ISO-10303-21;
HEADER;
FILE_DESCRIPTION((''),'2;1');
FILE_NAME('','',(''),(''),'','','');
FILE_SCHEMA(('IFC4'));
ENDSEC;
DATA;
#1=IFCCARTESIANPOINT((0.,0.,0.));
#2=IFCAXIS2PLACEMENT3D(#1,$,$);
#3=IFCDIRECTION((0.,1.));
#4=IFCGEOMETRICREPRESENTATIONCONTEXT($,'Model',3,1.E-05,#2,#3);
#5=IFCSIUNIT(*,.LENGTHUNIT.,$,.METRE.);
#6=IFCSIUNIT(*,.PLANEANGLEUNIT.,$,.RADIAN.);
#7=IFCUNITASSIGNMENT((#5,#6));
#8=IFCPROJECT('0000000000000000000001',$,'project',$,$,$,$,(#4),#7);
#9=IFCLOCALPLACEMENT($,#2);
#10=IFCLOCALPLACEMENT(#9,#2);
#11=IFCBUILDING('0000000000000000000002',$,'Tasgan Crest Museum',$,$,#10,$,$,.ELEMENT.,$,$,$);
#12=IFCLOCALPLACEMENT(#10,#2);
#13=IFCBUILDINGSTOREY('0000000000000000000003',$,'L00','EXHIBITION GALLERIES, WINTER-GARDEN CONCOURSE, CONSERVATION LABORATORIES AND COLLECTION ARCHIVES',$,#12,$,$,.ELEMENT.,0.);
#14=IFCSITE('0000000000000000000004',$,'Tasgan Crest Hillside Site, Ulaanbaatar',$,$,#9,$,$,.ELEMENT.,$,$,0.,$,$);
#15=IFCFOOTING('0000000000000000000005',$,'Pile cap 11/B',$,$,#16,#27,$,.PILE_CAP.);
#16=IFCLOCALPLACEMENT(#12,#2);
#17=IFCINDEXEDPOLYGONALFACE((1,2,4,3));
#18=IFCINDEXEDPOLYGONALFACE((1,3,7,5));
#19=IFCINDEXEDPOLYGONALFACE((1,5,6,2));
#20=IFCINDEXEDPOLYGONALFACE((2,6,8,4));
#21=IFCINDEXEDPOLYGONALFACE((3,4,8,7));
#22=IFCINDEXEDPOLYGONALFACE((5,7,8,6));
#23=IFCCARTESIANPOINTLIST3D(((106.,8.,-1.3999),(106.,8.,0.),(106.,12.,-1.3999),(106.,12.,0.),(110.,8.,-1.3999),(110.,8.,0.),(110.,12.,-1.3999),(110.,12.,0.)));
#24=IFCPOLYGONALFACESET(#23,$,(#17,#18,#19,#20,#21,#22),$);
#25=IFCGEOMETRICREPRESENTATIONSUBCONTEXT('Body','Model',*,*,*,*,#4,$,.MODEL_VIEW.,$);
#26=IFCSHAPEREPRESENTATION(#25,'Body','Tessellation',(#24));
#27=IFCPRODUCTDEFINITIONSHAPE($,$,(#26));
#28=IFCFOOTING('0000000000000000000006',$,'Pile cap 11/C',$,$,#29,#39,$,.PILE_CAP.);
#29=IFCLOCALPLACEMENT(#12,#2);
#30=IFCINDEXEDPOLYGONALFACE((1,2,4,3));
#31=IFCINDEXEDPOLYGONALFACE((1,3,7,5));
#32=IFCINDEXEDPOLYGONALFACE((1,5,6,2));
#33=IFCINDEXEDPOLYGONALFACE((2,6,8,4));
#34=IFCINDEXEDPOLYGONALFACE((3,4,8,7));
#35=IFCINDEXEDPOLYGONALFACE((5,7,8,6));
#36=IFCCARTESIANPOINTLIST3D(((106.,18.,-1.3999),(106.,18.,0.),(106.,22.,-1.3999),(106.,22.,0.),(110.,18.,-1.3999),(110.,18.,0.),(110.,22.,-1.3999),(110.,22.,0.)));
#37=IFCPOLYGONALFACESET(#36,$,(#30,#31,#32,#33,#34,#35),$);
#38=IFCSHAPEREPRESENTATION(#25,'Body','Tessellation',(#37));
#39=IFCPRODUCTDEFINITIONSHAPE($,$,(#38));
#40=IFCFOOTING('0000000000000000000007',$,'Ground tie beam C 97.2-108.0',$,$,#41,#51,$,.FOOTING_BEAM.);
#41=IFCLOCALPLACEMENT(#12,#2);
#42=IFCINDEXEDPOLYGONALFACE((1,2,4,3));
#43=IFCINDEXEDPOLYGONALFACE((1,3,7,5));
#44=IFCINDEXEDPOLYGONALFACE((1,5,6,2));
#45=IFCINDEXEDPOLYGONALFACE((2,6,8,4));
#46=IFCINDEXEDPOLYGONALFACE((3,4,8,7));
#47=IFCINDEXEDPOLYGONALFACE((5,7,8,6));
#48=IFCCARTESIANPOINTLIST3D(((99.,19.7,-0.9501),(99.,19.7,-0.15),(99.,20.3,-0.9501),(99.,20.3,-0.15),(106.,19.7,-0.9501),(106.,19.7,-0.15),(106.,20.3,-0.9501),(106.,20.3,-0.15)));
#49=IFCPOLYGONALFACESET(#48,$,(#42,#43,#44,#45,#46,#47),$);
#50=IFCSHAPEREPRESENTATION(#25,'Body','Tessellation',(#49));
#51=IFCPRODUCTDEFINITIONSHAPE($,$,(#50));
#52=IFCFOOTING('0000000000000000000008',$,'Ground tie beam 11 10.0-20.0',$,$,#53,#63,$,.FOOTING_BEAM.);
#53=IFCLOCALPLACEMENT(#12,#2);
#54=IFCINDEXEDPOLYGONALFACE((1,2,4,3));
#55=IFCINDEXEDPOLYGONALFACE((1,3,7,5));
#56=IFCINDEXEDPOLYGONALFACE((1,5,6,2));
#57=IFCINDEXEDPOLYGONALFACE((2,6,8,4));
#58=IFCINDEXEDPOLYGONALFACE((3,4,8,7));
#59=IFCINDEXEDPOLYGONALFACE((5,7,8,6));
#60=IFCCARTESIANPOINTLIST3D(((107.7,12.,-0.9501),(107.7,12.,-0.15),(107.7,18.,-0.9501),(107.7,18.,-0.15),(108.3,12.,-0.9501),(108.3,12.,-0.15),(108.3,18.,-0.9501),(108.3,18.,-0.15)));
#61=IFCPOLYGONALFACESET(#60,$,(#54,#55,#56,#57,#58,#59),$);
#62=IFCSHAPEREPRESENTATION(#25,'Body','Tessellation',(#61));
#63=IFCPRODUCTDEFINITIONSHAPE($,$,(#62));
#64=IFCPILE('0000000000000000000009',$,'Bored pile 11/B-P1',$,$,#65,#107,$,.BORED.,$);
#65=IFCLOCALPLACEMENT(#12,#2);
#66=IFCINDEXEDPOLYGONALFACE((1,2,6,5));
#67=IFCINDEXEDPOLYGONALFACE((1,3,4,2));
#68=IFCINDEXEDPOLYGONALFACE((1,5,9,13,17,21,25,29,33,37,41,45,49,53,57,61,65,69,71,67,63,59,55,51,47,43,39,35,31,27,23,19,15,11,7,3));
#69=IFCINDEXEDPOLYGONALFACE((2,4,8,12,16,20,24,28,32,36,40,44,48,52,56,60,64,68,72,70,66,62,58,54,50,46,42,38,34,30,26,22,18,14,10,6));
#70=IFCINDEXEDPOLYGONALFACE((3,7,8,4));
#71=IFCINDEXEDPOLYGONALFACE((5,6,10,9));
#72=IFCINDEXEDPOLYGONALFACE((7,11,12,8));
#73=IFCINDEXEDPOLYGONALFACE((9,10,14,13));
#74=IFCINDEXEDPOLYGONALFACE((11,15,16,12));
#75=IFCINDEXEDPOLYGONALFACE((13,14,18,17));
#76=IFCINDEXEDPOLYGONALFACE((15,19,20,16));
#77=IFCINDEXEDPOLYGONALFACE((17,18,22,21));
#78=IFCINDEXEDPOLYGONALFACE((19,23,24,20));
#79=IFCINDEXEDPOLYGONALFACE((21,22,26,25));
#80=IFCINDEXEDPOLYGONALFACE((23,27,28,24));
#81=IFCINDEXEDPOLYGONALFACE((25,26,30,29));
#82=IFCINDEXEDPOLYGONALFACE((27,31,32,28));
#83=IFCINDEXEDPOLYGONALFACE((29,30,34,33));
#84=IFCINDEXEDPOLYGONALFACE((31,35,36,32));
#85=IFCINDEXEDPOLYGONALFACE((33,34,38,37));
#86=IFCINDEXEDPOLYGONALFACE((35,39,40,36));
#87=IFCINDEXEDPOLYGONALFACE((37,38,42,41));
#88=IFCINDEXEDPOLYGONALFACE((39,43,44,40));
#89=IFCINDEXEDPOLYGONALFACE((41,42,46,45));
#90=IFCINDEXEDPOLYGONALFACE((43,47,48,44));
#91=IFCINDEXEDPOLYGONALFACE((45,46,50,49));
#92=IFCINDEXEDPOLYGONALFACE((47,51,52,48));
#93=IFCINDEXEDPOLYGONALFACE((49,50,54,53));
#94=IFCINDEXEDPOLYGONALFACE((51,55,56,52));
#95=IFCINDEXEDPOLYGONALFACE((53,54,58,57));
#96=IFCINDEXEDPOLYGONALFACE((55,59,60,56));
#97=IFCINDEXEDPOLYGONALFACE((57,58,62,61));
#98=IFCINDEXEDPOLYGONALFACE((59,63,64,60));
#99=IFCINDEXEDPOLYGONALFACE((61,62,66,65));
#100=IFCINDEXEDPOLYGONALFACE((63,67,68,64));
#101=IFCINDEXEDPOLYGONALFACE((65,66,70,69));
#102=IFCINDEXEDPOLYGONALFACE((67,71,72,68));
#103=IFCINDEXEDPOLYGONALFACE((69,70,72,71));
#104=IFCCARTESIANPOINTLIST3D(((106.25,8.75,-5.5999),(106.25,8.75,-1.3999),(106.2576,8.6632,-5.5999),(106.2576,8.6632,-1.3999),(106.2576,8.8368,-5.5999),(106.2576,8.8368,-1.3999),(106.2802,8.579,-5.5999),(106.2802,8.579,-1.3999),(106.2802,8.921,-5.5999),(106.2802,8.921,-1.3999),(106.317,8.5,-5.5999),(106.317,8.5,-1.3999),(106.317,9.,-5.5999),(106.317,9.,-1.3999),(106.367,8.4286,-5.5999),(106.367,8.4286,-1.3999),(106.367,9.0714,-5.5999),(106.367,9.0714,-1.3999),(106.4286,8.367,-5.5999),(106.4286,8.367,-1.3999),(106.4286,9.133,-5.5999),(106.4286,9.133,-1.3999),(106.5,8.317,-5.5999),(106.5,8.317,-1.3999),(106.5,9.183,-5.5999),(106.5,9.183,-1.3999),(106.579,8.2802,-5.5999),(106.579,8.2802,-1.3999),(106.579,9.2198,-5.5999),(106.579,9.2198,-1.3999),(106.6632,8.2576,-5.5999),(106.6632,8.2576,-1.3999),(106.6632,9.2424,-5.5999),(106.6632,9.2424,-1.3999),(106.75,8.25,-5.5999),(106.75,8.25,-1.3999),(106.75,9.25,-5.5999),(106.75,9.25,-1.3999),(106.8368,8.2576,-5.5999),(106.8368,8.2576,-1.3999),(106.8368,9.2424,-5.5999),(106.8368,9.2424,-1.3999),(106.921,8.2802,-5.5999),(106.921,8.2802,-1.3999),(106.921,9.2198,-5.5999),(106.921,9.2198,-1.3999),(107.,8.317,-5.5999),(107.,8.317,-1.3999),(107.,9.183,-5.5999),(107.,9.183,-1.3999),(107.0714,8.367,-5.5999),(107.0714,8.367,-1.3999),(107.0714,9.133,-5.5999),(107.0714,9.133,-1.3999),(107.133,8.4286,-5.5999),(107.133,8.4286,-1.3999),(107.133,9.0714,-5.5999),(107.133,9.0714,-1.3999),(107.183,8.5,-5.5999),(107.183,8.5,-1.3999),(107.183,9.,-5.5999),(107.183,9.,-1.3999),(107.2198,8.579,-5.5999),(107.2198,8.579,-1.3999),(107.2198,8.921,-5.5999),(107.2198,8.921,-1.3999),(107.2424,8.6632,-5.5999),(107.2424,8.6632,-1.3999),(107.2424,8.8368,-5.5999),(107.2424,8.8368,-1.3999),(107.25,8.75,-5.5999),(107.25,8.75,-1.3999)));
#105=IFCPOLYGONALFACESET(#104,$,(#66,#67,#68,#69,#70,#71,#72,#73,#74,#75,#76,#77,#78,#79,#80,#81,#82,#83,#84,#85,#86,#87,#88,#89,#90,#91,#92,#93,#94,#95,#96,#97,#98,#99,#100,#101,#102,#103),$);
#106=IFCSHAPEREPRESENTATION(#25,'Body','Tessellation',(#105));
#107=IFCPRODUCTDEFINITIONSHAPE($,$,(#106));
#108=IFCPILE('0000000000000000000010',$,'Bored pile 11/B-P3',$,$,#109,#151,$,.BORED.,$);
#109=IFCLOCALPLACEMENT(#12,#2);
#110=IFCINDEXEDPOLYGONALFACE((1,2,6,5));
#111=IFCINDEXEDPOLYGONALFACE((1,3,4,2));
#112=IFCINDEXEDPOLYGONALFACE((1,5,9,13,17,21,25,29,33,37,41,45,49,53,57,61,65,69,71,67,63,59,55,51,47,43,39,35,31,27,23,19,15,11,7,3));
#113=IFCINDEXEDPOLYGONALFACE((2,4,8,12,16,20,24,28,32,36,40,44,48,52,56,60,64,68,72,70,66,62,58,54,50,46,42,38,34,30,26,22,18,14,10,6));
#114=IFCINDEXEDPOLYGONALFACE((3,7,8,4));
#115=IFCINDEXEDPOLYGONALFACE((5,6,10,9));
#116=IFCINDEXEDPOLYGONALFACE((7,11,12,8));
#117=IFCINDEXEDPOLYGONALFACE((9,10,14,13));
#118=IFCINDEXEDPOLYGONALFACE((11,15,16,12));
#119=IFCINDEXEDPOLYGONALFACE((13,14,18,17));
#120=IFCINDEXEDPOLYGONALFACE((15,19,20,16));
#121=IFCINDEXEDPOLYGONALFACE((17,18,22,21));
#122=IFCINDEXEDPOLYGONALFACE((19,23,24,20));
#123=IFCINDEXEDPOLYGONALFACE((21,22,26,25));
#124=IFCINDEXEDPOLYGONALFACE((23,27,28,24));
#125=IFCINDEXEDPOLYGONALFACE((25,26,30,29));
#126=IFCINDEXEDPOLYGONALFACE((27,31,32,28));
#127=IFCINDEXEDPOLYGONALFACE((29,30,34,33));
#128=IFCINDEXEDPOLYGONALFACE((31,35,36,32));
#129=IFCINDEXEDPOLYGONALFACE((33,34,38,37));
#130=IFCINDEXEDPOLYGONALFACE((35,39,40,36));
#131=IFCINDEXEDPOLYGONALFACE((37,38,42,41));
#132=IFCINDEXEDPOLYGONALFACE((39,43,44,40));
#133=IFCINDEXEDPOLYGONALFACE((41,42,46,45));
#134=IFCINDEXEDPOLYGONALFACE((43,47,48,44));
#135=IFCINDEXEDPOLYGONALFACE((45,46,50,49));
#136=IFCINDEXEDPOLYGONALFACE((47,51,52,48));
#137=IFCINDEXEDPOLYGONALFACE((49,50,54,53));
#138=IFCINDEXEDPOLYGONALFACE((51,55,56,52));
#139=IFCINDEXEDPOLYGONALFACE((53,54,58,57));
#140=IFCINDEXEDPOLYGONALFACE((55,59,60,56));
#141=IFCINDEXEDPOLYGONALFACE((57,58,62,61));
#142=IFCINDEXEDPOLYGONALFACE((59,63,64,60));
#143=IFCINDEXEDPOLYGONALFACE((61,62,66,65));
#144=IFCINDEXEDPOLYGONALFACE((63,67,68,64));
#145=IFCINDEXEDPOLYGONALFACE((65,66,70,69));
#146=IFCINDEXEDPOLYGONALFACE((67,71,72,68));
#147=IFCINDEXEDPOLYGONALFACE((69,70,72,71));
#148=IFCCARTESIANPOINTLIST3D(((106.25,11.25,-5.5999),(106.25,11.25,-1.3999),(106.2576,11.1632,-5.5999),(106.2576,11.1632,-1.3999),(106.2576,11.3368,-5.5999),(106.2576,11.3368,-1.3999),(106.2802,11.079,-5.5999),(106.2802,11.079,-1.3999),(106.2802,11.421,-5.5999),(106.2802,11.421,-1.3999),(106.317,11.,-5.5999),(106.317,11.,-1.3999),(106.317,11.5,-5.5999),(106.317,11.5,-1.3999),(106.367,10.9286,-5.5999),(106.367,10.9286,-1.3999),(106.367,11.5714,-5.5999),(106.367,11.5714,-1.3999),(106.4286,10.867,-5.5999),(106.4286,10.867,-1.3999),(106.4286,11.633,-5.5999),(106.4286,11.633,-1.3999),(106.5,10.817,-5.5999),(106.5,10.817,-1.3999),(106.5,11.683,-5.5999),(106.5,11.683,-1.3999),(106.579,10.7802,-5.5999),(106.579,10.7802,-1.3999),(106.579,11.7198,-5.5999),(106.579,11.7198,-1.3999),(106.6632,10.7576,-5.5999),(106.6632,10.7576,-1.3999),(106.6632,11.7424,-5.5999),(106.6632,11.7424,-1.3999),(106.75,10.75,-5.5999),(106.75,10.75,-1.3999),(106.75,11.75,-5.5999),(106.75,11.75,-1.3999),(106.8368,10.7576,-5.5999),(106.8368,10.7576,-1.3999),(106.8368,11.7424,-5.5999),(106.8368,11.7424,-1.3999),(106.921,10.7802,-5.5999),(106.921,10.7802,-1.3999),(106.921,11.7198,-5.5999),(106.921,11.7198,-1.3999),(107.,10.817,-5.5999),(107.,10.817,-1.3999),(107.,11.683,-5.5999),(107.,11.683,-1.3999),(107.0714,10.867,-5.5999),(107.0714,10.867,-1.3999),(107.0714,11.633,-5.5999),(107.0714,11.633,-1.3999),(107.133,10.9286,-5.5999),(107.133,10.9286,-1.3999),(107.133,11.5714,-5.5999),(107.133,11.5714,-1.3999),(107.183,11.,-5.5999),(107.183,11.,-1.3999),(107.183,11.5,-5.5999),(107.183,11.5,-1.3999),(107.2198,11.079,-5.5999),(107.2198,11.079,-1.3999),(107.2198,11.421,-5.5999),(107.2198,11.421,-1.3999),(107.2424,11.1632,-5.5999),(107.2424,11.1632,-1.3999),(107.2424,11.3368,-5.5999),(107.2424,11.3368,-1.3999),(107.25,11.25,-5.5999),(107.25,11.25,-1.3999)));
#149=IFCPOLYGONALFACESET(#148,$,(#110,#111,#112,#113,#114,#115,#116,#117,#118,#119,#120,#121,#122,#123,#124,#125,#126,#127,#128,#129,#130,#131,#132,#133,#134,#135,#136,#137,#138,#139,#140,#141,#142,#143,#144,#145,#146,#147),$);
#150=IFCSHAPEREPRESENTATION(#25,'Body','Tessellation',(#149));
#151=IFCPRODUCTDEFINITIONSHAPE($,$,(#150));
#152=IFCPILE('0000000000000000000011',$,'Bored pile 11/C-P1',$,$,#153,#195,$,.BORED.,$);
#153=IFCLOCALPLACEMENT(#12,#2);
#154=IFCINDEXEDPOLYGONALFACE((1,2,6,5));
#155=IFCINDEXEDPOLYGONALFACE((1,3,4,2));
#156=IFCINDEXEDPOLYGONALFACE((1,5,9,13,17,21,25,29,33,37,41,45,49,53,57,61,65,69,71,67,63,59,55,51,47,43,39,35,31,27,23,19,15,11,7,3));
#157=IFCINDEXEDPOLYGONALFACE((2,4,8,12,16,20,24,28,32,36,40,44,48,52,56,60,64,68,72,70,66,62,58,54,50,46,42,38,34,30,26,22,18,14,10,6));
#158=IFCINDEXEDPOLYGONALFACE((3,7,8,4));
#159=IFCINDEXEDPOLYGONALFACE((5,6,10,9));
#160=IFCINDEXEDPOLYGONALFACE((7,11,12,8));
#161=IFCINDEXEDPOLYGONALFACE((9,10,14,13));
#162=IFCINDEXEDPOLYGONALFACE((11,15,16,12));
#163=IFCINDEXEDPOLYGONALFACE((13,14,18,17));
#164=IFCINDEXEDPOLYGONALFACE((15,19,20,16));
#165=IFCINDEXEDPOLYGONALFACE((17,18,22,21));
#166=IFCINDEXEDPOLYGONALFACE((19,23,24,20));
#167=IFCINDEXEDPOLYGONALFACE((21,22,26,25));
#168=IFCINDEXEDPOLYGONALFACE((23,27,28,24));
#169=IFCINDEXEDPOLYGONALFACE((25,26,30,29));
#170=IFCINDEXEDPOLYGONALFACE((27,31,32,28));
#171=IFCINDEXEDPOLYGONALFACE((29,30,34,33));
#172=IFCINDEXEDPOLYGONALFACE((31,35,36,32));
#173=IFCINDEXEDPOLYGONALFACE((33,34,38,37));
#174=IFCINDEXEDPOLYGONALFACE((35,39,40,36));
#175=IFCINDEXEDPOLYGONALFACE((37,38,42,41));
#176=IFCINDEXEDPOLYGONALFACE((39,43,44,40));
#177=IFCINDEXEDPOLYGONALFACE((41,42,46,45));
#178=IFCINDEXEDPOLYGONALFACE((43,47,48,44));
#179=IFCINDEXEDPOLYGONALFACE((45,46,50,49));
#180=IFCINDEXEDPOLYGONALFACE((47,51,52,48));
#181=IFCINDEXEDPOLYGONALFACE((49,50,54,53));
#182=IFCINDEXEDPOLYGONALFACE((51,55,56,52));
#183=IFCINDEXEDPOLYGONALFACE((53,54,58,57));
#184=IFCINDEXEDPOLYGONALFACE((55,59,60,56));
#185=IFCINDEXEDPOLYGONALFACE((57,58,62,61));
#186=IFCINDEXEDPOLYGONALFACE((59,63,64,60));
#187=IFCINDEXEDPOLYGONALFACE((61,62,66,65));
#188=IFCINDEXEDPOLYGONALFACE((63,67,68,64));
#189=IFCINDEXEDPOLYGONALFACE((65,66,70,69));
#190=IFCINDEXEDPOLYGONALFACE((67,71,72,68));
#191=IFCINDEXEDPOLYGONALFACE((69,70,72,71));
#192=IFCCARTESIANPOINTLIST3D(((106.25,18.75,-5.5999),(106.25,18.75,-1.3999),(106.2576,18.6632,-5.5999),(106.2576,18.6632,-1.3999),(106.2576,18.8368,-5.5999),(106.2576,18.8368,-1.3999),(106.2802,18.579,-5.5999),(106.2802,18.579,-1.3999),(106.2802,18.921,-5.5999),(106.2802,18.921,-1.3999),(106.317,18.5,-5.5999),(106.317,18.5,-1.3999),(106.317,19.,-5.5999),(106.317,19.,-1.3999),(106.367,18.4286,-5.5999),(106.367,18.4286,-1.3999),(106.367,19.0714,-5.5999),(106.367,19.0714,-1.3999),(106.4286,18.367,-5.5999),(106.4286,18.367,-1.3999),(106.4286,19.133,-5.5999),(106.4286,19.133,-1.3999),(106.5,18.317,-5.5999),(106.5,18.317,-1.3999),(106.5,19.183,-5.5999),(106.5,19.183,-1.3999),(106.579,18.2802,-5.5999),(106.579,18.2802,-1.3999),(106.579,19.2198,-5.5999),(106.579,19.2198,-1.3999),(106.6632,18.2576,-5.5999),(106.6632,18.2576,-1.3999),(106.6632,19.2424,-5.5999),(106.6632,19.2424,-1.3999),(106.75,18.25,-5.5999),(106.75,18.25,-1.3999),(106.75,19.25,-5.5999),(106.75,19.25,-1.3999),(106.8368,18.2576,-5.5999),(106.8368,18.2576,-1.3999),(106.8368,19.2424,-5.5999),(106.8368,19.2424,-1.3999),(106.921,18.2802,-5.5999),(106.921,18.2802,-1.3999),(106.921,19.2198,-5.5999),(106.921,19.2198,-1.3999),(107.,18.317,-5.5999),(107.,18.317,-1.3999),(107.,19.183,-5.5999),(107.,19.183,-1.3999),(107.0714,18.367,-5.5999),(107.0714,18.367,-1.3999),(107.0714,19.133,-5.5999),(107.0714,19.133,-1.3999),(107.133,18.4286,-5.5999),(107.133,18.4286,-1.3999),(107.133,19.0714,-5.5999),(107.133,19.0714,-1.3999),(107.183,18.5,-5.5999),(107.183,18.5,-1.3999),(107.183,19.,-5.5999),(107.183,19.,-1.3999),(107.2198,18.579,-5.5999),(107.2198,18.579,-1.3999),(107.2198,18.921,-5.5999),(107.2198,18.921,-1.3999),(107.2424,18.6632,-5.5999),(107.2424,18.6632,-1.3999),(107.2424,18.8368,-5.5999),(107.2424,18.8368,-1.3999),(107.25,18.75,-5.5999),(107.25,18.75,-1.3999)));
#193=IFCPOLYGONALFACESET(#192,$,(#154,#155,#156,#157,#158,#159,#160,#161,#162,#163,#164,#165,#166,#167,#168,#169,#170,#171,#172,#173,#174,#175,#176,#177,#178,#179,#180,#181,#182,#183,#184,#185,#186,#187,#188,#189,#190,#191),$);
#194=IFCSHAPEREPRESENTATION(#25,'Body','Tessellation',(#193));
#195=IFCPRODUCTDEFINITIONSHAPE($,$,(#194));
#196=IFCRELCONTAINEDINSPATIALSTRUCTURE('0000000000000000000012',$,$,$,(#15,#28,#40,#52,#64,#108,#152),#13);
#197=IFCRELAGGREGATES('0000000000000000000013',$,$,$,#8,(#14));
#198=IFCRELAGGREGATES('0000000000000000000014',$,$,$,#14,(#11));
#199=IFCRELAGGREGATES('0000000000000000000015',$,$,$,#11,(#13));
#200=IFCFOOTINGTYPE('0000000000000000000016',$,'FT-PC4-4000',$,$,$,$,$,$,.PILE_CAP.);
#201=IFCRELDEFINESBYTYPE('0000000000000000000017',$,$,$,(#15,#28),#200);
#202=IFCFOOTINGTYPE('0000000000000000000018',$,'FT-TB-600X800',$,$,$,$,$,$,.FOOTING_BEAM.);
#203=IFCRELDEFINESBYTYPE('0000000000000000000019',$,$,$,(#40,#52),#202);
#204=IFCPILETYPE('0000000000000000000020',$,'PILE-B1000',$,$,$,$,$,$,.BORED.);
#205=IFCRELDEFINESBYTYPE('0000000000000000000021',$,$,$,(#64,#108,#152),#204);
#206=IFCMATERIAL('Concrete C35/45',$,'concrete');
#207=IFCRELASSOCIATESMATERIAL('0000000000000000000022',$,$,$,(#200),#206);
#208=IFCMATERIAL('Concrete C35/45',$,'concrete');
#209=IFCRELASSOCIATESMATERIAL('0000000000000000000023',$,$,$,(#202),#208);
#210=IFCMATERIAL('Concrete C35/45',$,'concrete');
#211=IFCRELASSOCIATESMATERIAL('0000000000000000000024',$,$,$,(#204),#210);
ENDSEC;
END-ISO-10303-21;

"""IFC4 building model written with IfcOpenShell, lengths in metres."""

from ifc_helpers import new_model, si_unit, direction, frame, origin, origin_2d, place, context, subcontext, project, spatial, rectangle, circle, extrude, material, material_profile, profile_set, type_object, element, save


model = new_model("IFC4")

# Units and contexts
model_context = context("Model", 3, precision=1e-05, world=origin(), true_north=direction((0.0, 1.0)))
body_context = subcontext(model_context, "Body", "Model", "MODEL_VIEW")
ifc_project = project(units=[si_unit("LENGTHUNIT", "METRE"), si_unit("PLANEANGLEUNIT", "RADIAN")], contexts=[model_context])

# Site, building, storey
site_placement = place(None, origin())
site = spatial("IfcSite", under=ifc_project, at=site_placement, Name="Tasgan Crest Hillside Site, Ulaanbaatar", CompositionType="ELEMENT", RefElevation=0.0)
building_placement = place(site_placement, origin())
building = spatial("IfcBuilding", under=site, at=building_placement, Name="Tasgan Crest Museum", CompositionType="ELEMENT")
storey_placement = place(building_placement, origin())
storey = spatial("IfcBuildingStorey", under=building, at=storey_placement, Name="L00", Description="EXHIBITION GALLERIES, WINTER-GARDEN CONCOURSE, CONSERVATION LABORATORIES AND COLLECTION ARCHIVES", CompositionType="ELEMENT", Elevation=0.0)

# Footings
ifc_material_1 = material(Name="Concrete C35/45", Category="concrete")
footing_type_1 = type_object("IfcFootingType", Name="FT-PC4-4000", PredefinedType="PILE_CAP", material=ifc_material_1)
for number, where, z_axis, x_axis, name in (
    (1, (108.0, 10.0, -1.3999), (0.0, 0.0, 1.0), (1.0, 0.0, 0.0), "Pile cap 11/B"),
    (2, (108.0, 20.0, -1.3999), (0.0, 0.0, 1.0), (1.0, 0.0, 0.0), "Pile cap 11/C"),
):
    element("IfcFooting", number, at=place(storey_placement, frame(where, z_axis=z_axis, x_axis=x_axis)), inside=storey, type_object=footing_type_1, Name=name, PredefinedType="PILE_CAP", context=body_context, shape_type="SweptSolid", body=[
        extrude(rectangle(XDim=4.0, YDim=4.0, at=origin_2d()), origin(), (0.0, 0.0, 1.0), 1.3999),
    ])
ifc_material_2 = material(Name="Concrete C35/45", Category="concrete")
ifc_material_profile_1 = material_profile(ifc_material_2, rectangle(XDim=0.6001, YDim=0.8, at=origin_2d()), Name="TB 600x800")
ifc_profile_set_1 = profile_set([ifc_material_profile_1], Name="Concrete C35/45")
footing_type_2 = type_object("IfcFootingType", Name="FT-TB-600X800", PredefinedType="FOOTING_BEAM", material=ifc_profile_set_1)
footing_1_placement = place(storey_placement, frame((99.0, 20.0, -0.55), z_axis=(1.0, 0.0, 0.0), x_axis=(0.0, 1.0, 0.0)))
element("IfcFooting", 3, at=footing_1_placement, inside=storey, type_object=footing_type_2, Name="Ground tie beam C 97.2-108.0", PredefinedType="FOOTING_BEAM", context=body_context, shape_type="SweptSolid", body=[
    extrude(rectangle(XDim=0.6001, YDim=0.8, at=origin_2d()), origin(), (0.0, 0.0, 1.0), 7.0),
])
footing_2_placement = place(storey_placement, frame((108.0, 12.0, -0.55), z_axis=(0.0, 1.0, 0.0), x_axis=(-1.0, 0.0, 0.0)))
element("IfcFooting", 4, at=footing_2_placement, inside=storey, type_object=footing_type_2, Name="Ground tie beam 11 10.0-20.0", PredefinedType="FOOTING_BEAM", context=body_context, shape_type="SweptSolid", body=[
    extrude(rectangle(XDim=0.6001, YDim=0.8, at=origin_2d()), origin(), (0.0, 0.0, 1.0), 6.0),
])

# Piles
ifc_material_3 = material(Name="Concrete C35/45", Category="concrete")
ifc_material_profile_2 = material_profile(ifc_material_3, circle(Radius=0.5, at=origin_2d()), Name="PILE D1000")
ifc_profile_set_2 = profile_set([ifc_material_profile_2], Name="Concrete C35/45")
pile_type_1 = type_object("IfcPileType", Name="PILE-B1000", PredefinedType="BORED", material=ifc_profile_set_2)
for number, where, z_axis, x_axis, name in (
    (5, (106.75, 8.75, -1.3999), (0.0, 0.0, -1.0), (1.0, 0.0, 0.0), "Bored pile 11/B-P1"),
    (6, (106.75, 11.25, -1.3999), (0.0, 0.0, -1.0), (1.0, 0.0, 0.0), "Bored pile 11/B-P3"),
    (7, (106.75, 18.75, -1.3999), (0.0, 0.0, -1.0), (1.0, 0.0, 0.0), "Bored pile 11/C-P1"),
):
    element("IfcPile", number, at=place(storey_placement, frame(where, z_axis=z_axis, x_axis=x_axis)), inside=storey, type_object=pile_type_1, Name=name, PredefinedType="BORED", context=body_context, shape_type="SweptSolid", body=[
        extrude(circle(Radius=0.5, at=origin_2d()), origin(), (0.0, 0.0, 1.0), 4.2),
    ])

save(model, "model.ifc")
